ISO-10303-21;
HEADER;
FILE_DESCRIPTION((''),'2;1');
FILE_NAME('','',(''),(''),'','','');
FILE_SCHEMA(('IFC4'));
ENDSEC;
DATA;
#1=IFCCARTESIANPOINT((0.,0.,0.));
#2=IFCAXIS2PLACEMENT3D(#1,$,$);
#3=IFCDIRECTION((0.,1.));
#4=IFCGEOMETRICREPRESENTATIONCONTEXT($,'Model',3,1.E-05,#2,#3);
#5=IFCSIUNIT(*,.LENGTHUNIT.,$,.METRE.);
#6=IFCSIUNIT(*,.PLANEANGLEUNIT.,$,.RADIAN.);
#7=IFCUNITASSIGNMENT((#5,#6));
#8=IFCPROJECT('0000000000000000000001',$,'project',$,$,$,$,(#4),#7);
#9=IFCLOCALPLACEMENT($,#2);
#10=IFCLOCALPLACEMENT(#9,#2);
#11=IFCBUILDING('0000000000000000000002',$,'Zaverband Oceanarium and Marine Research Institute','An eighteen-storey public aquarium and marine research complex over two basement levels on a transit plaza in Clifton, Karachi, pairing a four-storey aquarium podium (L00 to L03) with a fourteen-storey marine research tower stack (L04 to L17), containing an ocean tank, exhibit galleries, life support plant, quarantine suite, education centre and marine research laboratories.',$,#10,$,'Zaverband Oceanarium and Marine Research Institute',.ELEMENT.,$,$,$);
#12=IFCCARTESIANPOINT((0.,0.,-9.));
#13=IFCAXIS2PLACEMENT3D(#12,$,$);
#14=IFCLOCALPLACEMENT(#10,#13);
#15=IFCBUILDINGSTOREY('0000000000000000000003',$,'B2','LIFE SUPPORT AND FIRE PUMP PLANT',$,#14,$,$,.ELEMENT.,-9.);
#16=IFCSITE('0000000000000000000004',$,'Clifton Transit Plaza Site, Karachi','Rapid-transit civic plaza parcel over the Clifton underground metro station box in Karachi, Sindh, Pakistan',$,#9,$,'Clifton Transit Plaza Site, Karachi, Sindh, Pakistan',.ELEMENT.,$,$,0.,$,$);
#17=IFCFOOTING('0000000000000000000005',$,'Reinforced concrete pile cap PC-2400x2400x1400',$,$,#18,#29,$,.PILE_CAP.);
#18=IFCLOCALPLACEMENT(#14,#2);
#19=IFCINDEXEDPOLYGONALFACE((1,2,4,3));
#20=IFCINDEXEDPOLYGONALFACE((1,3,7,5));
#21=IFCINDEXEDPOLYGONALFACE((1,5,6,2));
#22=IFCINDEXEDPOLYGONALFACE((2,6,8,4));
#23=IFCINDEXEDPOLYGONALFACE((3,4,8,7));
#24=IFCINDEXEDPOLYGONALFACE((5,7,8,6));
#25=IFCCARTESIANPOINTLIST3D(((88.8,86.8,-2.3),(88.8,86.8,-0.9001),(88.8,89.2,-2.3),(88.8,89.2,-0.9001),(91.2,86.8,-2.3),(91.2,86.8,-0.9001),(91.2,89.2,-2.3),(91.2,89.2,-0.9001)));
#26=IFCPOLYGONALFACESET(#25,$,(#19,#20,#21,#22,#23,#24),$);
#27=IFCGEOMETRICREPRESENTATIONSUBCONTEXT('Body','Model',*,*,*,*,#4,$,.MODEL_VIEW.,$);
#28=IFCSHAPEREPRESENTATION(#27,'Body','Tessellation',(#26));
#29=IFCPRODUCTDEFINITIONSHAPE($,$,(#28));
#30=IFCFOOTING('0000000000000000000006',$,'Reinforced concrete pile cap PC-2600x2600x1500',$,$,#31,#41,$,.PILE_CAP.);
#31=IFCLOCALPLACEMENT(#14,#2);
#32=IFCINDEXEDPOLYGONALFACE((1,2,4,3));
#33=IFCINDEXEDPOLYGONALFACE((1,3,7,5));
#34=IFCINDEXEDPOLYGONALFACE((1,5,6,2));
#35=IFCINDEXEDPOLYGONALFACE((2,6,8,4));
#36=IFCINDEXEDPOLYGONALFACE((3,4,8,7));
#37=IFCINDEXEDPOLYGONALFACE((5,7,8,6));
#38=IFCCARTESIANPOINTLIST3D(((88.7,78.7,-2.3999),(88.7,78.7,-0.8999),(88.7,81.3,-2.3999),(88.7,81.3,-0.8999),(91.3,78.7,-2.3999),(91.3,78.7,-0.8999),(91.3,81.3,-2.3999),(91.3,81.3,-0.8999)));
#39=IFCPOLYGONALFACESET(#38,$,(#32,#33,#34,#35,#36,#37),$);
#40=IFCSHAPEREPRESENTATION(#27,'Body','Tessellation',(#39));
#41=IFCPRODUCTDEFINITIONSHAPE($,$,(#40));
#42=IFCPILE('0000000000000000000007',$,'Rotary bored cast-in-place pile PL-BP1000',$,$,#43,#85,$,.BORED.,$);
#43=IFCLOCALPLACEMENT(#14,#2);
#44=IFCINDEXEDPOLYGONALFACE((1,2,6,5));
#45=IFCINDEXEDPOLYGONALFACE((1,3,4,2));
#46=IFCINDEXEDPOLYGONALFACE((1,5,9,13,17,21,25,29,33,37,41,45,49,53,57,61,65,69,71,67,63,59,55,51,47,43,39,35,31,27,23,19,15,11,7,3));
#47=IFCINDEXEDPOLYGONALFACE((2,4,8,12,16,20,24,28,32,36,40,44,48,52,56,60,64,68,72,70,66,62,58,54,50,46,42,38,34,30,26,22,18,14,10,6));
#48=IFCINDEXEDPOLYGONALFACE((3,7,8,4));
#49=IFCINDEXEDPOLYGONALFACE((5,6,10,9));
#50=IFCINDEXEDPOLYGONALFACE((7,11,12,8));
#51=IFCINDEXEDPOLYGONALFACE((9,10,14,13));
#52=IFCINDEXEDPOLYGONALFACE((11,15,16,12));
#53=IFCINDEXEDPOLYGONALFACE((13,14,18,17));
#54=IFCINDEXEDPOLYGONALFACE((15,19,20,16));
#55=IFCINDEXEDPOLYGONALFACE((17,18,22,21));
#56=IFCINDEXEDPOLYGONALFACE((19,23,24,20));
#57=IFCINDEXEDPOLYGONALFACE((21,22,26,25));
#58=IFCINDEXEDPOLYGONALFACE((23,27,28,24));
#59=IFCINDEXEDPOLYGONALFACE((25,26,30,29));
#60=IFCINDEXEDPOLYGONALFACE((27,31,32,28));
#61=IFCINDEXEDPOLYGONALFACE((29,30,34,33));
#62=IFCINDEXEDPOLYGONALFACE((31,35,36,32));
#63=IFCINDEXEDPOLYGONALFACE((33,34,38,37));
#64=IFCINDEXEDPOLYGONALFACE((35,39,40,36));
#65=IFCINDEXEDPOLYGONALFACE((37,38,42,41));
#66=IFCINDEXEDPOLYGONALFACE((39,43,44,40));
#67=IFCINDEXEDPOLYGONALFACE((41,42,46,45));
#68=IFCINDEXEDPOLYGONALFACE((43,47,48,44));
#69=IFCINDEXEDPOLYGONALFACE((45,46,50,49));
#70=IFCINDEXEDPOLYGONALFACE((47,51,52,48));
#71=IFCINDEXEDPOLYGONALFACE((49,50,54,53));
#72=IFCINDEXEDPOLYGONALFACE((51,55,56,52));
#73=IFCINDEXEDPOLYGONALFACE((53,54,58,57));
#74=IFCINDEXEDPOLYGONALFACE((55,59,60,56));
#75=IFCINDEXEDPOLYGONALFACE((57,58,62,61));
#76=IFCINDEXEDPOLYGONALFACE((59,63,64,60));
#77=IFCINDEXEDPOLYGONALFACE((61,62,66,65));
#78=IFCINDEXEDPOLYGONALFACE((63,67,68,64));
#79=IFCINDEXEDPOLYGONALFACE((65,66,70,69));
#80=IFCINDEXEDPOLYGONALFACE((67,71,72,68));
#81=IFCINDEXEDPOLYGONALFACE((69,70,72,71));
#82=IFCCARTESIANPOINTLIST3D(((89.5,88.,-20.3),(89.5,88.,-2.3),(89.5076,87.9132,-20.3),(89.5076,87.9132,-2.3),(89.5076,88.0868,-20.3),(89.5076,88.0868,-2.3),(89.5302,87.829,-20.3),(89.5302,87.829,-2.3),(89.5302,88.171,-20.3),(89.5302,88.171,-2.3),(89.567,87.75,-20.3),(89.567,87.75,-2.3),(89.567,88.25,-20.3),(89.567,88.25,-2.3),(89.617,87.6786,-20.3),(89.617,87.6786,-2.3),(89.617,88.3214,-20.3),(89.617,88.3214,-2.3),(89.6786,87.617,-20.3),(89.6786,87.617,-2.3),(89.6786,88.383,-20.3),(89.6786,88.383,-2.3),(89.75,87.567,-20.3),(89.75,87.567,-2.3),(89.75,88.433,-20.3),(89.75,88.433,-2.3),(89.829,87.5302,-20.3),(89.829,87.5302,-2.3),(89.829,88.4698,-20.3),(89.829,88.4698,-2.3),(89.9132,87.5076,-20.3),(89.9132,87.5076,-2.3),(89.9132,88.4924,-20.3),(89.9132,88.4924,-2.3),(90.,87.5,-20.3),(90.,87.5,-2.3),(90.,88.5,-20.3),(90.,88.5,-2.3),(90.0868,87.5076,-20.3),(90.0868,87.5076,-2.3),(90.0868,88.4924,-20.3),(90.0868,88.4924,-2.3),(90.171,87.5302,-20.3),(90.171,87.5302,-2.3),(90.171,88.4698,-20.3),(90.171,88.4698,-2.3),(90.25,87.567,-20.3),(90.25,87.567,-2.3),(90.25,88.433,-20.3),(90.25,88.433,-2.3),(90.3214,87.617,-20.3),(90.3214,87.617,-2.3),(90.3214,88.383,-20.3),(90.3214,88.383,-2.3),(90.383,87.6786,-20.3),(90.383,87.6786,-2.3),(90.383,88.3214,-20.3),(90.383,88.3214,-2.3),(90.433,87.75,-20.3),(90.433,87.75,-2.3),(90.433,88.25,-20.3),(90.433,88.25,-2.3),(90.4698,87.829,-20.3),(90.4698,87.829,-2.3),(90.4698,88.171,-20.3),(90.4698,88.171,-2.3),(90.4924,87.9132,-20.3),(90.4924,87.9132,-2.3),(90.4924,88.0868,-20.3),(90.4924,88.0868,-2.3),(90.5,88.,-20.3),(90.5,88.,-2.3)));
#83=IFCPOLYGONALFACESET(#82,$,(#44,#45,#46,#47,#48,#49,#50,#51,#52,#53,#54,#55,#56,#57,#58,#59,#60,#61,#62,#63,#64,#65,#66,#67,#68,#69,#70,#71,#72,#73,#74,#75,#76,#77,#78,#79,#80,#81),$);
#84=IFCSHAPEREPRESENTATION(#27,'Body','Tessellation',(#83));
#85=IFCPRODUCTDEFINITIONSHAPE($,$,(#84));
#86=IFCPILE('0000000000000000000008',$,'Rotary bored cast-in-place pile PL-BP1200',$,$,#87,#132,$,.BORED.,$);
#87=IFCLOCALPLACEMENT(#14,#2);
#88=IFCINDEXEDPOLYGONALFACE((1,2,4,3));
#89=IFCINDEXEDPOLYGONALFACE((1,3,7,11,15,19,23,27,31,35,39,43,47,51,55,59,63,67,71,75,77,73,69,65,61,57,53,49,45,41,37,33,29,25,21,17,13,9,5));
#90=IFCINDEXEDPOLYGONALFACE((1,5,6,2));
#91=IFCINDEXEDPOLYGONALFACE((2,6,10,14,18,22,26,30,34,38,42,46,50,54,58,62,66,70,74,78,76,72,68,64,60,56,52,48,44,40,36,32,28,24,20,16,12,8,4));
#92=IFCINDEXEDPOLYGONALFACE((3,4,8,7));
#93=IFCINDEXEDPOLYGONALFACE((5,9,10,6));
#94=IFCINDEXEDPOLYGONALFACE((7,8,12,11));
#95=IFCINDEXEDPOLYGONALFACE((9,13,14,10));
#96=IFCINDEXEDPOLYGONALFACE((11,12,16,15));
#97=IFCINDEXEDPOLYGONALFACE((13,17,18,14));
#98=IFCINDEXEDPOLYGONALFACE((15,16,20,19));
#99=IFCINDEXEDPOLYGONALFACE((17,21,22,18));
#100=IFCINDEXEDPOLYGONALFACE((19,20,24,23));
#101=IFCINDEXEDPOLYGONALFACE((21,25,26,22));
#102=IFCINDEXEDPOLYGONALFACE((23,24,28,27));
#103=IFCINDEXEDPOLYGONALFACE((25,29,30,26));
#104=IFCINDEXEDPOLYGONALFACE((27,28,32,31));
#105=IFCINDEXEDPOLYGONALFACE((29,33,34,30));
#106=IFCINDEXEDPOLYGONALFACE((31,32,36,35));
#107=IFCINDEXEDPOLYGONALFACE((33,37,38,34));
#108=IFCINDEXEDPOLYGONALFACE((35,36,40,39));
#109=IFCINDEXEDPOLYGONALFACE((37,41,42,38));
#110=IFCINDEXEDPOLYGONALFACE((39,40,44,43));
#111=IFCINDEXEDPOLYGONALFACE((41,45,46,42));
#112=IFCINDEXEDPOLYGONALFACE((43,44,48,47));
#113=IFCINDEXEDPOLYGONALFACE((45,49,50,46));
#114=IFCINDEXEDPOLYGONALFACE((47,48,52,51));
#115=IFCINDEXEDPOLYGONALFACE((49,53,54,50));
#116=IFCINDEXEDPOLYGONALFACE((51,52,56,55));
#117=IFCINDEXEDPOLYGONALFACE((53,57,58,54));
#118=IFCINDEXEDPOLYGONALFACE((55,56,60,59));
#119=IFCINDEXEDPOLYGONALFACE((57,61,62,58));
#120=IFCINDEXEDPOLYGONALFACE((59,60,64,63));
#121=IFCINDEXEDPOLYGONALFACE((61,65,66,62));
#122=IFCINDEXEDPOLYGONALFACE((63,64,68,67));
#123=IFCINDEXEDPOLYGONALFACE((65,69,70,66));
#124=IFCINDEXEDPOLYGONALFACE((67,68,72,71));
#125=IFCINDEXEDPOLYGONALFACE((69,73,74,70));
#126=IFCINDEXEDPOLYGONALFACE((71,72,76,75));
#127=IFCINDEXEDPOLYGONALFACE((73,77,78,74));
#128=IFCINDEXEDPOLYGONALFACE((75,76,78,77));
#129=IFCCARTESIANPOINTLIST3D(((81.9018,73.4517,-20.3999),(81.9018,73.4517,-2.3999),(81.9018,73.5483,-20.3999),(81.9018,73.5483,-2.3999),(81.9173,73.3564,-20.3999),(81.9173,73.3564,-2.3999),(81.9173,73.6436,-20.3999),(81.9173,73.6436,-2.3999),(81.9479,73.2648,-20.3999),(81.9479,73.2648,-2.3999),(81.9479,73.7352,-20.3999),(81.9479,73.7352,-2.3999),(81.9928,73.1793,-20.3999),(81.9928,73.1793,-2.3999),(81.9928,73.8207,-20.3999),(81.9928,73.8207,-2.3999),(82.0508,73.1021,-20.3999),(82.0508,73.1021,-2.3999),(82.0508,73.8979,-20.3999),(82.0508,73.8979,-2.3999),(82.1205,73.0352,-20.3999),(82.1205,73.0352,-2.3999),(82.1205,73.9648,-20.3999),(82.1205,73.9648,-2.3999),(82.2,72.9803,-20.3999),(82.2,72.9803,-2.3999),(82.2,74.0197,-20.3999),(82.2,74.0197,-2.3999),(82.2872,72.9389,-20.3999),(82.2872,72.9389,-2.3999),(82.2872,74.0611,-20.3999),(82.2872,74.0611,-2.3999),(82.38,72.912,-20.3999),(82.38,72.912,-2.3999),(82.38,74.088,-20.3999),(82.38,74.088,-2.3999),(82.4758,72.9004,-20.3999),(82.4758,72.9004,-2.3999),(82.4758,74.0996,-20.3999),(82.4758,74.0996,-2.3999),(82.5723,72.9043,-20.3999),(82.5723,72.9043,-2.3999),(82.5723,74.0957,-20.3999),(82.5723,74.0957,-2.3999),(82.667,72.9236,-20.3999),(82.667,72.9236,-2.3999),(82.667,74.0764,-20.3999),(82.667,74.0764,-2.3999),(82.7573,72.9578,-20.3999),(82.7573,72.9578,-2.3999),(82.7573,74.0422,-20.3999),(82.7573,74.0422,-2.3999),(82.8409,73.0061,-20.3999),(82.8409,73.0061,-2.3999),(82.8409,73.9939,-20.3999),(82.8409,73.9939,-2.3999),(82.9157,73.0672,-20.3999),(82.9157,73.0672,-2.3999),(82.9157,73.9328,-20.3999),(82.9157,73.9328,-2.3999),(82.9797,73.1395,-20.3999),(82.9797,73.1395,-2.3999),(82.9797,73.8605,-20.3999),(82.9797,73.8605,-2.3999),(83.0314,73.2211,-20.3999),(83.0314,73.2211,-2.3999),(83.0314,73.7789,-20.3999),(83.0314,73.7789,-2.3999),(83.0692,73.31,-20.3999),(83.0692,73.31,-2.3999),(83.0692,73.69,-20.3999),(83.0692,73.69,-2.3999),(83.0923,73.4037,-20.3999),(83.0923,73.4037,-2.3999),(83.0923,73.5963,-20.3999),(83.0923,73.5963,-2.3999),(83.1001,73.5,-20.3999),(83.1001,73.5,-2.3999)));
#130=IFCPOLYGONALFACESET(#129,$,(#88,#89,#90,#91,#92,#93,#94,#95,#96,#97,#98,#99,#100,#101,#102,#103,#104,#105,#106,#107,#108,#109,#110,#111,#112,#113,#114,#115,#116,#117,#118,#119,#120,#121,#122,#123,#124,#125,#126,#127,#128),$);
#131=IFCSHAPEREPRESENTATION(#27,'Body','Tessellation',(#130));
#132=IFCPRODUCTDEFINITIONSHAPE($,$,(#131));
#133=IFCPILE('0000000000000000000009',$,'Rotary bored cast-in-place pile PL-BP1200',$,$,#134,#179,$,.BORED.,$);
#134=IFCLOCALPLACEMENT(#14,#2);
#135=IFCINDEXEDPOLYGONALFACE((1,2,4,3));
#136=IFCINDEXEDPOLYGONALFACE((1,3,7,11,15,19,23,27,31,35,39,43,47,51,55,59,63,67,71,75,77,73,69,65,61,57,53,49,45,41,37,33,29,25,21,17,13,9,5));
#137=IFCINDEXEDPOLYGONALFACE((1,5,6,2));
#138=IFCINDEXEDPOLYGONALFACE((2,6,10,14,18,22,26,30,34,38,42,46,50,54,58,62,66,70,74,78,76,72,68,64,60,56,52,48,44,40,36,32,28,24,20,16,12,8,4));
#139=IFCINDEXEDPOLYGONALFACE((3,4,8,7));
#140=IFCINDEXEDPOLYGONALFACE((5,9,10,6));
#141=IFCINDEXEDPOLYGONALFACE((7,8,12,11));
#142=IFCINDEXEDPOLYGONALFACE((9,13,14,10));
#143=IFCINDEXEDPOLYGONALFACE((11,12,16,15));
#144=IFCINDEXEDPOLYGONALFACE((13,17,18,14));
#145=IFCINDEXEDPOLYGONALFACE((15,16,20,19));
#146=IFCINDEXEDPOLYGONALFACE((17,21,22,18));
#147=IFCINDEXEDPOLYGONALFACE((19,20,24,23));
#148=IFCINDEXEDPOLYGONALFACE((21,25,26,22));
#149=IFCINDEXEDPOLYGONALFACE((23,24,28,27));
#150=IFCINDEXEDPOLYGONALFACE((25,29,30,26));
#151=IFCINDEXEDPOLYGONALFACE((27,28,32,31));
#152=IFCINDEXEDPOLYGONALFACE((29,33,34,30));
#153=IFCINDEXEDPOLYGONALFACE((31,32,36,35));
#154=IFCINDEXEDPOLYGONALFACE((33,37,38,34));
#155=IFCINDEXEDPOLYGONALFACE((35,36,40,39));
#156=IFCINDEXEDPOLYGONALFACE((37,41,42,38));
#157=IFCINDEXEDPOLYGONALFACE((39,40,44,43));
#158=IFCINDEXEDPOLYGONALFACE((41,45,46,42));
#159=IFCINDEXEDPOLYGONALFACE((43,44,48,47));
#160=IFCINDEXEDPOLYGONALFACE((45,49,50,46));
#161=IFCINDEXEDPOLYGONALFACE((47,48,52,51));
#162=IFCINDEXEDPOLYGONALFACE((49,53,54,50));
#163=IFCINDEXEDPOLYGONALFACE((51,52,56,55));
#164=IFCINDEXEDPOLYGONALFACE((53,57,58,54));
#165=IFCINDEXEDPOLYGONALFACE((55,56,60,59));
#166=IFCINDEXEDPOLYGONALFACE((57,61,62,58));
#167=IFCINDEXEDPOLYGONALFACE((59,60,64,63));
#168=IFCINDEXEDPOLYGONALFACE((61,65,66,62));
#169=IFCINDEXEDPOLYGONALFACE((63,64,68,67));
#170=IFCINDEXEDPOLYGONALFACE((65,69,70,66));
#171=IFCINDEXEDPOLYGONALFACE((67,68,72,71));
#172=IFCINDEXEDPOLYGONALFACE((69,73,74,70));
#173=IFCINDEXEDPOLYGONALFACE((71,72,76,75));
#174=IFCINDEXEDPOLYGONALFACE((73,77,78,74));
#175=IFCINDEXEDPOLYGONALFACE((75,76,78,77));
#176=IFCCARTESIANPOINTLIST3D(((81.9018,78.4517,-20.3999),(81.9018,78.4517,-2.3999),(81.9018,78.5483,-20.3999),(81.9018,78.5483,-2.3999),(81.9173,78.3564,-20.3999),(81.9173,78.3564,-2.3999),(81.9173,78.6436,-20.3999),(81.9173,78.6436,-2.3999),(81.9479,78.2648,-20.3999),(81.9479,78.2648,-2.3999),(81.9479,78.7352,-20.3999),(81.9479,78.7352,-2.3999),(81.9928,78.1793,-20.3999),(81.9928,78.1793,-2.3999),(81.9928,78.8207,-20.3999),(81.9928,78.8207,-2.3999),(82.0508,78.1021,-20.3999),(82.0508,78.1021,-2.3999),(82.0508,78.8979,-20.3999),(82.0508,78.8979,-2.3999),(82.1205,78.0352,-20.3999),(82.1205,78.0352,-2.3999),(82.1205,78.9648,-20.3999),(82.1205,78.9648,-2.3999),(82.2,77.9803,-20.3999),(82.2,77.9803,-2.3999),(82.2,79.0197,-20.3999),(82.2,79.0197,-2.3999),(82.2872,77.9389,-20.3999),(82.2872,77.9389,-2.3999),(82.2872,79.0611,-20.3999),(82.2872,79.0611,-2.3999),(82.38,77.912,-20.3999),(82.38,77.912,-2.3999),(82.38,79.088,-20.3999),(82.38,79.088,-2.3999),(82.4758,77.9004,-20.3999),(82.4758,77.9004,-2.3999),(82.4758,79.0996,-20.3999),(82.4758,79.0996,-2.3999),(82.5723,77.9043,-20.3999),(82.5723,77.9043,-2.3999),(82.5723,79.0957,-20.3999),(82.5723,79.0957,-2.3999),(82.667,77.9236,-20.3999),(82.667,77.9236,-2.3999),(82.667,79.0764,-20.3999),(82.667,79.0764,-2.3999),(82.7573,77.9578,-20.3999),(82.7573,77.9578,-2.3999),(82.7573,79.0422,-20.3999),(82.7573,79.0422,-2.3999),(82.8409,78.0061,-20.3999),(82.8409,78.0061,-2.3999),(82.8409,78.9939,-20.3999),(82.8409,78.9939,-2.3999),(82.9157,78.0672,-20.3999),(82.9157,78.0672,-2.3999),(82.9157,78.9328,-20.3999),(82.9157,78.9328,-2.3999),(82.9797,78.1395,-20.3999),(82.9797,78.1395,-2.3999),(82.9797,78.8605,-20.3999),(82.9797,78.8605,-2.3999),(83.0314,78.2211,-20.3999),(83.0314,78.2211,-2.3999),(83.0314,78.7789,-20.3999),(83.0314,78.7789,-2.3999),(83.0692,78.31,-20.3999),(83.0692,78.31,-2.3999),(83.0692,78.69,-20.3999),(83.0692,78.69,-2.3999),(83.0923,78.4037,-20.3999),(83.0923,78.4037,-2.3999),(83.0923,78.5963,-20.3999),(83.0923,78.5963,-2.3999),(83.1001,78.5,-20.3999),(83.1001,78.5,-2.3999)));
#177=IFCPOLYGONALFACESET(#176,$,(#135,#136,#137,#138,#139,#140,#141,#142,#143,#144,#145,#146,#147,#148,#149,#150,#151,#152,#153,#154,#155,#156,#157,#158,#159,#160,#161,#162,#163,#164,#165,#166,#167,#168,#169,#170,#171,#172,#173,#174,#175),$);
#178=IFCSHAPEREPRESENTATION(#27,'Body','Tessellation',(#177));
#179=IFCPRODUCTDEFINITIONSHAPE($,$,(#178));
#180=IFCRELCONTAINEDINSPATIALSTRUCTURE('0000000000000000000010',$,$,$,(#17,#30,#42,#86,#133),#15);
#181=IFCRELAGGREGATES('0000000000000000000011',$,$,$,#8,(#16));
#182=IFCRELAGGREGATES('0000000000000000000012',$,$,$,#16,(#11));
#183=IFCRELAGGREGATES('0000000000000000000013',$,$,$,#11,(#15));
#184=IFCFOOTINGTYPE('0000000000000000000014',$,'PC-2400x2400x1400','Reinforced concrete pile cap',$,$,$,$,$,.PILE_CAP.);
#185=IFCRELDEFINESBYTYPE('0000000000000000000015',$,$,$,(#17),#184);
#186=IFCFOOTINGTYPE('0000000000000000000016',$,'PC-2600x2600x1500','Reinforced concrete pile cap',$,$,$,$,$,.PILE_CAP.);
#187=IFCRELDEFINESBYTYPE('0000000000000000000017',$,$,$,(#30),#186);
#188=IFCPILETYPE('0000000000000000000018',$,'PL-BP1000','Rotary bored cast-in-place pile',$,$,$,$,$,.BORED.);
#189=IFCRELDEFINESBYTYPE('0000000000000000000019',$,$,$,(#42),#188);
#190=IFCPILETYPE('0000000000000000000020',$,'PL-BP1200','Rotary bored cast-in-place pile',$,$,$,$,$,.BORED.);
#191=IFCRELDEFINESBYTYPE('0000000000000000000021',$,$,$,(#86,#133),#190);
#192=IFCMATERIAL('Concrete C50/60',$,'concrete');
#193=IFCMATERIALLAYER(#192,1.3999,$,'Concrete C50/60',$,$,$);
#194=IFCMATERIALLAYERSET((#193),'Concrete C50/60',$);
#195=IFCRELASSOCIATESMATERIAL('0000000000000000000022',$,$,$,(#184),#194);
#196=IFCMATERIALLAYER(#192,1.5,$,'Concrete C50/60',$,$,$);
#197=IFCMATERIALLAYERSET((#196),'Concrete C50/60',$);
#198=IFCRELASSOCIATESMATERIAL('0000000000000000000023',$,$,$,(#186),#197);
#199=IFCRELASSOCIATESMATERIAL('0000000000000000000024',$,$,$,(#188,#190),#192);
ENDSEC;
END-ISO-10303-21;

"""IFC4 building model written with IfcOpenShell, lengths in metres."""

from ifc_helpers import new_model, si_unit, direction, frame, origin, origin_2d, place, context, subcontext, project, spatial, rectangle, circle, extrude, material, layer, layer_set, material_profile, profile_set, type_object, element, save


model = new_model("IFC4")

# Units and contexts
model_context = context("Model", 3, precision=1e-05, world=origin(), true_north=direction((0.0, 1.0)))
body_context = subcontext(model_context, "Body", "Model", "MODEL_VIEW")
ifc_project = project(units=[si_unit("LENGTHUNIT", "METRE"), si_unit("PLANEANGLEUNIT", "RADIAN")], contexts=[model_context])

# Site, building, storey
site_placement = place(None, origin())
site = spatial("IfcSite", under=ifc_project, at=site_placement, Name="Clifton Transit Plaza Site, Karachi", Description="Rapid-transit civic plaza parcel over the Clifton underground metro station box in Karachi, Sindh, Pakistan", LongName="Clifton Transit Plaza Site, Karachi, Sindh, Pakistan", CompositionType="ELEMENT", RefElevation=0.0)
building_placement = place(site_placement, origin())
building = spatial("IfcBuilding", under=site, at=building_placement, Name="Zaverband Oceanarium and Marine Research Institute", Description="An eighteen-storey public aquarium and marine research complex over two basement levels on a transit plaza in Clifton, Karachi, pairing a four-storey aquarium podium (L00 to L03) with a fourteen-storey marine research tower stack (L04 to L17), containing an ocean tank, exhibit galleries, life support plant, quarantine suite, education centre and marine research laboratories.", LongName="Zaverband Oceanarium and Marine Research Institute", CompositionType="ELEMENT")
storey_placement = place(building_placement, frame((0.0, 0.0, -9.0)))
storey = spatial("IfcBuildingStorey", under=building, at=storey_placement, Name="B2", Description="LIFE SUPPORT AND FIRE PUMP PLANT", CompositionType="ELEMENT", Elevation=-9.0)

# Footings
ifc_material_1 = material(Name="Concrete C50/60", Category="concrete")
ifc_layer_1 = layer(ifc_material_1, 1.3999, Name="Concrete C50/60")
ifc_layer_set_1 = layer_set([ifc_layer_1], Name="Concrete C50/60")
footing_type_1 = type_object("IfcFootingType", Name="PC-2400x2400x1400", Description="Reinforced concrete pile cap", PredefinedType="PILE_CAP", material=ifc_layer_set_1)
footing_1_placement = place(storey_placement, frame((90.0, 88.0, -2.3), z_axis=(0.0, 0.0, 1.0), x_axis=(1.0, 0.0, 0.0)))
element("IfcFooting", 1, at=footing_1_placement, inside=storey, type_object=footing_type_1, Name="Reinforced concrete pile cap PC-2400x2400x1400", PredefinedType="PILE_CAP", context=body_context, shape_type="SweptSolid", body=[
    extrude(rectangle(XDim=2.3999, YDim=2.3999, at=origin_2d()), origin(), (0.0, 0.0, 1.0), 1.3999),
])
ifc_layer_2 = layer(ifc_material_1, 1.5, Name="Concrete C50/60")
ifc_layer_set_2 = layer_set([ifc_layer_2], Name="Concrete C50/60")
footing_type_2 = type_object("IfcFootingType", Name="PC-2600x2600x1500", Description="Reinforced concrete pile cap", PredefinedType="PILE_CAP", material=ifc_layer_set_2)
footing_2_placement = place(storey_placement, frame((90.0, 80.0, -2.3999), z_axis=(0.0, 0.0, 1.0), x_axis=(1.0, 0.0, 0.0)))
element("IfcFooting", 2, at=footing_2_placement, inside=storey, type_object=footing_type_2, Name="Reinforced concrete pile cap PC-2600x2600x1500", PredefinedType="PILE_CAP", context=body_context, shape_type="SweptSolid", body=[
    extrude(rectangle(XDim=2.6001, YDim=2.6001, at=origin_2d()), origin(), (0.0, 0.0, 1.0), 1.5),
])

# Piles
ifc_material_profile_1 = material_profile(ifc_material_1, circle(Radius=0.5, at=origin_2d()), Name="BP1000")
ifc_profile_set_1 = profile_set([ifc_material_profile_1], Name="Concrete C50/60")
pile_type_1 = type_object("IfcPileType", Name="PL-BP1000", Description="Rotary bored cast-in-place pile", PredefinedType="BORED", material=ifc_profile_set_1)
pile_placement = place(storey_placement, frame((90.0, 88.0, -2.3), z_axis=(0.0, 0.0, -1.0), x_axis=(1.0, 0.0, 0.0)))
element("IfcPile", 3, at=pile_placement, inside=storey, type_object=pile_type_1, Name="Rotary bored cast-in-place pile PL-BP1000", PredefinedType="BORED", context=body_context, shape_type="SweptSolid", body=[
    extrude(circle(Radius=0.5, at=origin_2d()), origin(), (0.0, 0.0, 1.0), 18.0),
])
ifc_material_profile_2 = material_profile(ifc_material_1, circle(Radius=0.6001, at=origin_2d()), Name="BP1200")
ifc_profile_set_2 = profile_set([ifc_material_profile_2], Name="Concrete C50/60")
pile_type_2 = type_object("IfcPileType", Name="PL-BP1200", Description="Rotary bored cast-in-place pile", PredefinedType="BORED", material=ifc_profile_set_2)
for number, where, z_axis, x_axis, name in (
    (4, (82.5, 73.5, -2.3999), (0.0, 0.0, -1.0), (1.0, 0.0, 0.0), "Rotary bored cast-in-place pile PL-BP1200"),
    (5, (82.5, 78.5, -2.3999), (0.0, 0.0, -1.0), (1.0, 0.0, 0.0), "Rotary bored cast-in-place pile PL-BP1200"),
):
    element("IfcPile", number, at=place(storey_placement, frame(where, z_axis=z_axis, x_axis=x_axis)), inside=storey, type_object=pile_type_2, Name=name, PredefinedType="BORED", context=body_context, shape_type="SweptSolid", body=[
        extrude(circle(Radius=0.6001, at=origin_2d()), origin(), (0.0, 0.0, 1.0), 18.0),
    ])

save(model, "model.ifc")
